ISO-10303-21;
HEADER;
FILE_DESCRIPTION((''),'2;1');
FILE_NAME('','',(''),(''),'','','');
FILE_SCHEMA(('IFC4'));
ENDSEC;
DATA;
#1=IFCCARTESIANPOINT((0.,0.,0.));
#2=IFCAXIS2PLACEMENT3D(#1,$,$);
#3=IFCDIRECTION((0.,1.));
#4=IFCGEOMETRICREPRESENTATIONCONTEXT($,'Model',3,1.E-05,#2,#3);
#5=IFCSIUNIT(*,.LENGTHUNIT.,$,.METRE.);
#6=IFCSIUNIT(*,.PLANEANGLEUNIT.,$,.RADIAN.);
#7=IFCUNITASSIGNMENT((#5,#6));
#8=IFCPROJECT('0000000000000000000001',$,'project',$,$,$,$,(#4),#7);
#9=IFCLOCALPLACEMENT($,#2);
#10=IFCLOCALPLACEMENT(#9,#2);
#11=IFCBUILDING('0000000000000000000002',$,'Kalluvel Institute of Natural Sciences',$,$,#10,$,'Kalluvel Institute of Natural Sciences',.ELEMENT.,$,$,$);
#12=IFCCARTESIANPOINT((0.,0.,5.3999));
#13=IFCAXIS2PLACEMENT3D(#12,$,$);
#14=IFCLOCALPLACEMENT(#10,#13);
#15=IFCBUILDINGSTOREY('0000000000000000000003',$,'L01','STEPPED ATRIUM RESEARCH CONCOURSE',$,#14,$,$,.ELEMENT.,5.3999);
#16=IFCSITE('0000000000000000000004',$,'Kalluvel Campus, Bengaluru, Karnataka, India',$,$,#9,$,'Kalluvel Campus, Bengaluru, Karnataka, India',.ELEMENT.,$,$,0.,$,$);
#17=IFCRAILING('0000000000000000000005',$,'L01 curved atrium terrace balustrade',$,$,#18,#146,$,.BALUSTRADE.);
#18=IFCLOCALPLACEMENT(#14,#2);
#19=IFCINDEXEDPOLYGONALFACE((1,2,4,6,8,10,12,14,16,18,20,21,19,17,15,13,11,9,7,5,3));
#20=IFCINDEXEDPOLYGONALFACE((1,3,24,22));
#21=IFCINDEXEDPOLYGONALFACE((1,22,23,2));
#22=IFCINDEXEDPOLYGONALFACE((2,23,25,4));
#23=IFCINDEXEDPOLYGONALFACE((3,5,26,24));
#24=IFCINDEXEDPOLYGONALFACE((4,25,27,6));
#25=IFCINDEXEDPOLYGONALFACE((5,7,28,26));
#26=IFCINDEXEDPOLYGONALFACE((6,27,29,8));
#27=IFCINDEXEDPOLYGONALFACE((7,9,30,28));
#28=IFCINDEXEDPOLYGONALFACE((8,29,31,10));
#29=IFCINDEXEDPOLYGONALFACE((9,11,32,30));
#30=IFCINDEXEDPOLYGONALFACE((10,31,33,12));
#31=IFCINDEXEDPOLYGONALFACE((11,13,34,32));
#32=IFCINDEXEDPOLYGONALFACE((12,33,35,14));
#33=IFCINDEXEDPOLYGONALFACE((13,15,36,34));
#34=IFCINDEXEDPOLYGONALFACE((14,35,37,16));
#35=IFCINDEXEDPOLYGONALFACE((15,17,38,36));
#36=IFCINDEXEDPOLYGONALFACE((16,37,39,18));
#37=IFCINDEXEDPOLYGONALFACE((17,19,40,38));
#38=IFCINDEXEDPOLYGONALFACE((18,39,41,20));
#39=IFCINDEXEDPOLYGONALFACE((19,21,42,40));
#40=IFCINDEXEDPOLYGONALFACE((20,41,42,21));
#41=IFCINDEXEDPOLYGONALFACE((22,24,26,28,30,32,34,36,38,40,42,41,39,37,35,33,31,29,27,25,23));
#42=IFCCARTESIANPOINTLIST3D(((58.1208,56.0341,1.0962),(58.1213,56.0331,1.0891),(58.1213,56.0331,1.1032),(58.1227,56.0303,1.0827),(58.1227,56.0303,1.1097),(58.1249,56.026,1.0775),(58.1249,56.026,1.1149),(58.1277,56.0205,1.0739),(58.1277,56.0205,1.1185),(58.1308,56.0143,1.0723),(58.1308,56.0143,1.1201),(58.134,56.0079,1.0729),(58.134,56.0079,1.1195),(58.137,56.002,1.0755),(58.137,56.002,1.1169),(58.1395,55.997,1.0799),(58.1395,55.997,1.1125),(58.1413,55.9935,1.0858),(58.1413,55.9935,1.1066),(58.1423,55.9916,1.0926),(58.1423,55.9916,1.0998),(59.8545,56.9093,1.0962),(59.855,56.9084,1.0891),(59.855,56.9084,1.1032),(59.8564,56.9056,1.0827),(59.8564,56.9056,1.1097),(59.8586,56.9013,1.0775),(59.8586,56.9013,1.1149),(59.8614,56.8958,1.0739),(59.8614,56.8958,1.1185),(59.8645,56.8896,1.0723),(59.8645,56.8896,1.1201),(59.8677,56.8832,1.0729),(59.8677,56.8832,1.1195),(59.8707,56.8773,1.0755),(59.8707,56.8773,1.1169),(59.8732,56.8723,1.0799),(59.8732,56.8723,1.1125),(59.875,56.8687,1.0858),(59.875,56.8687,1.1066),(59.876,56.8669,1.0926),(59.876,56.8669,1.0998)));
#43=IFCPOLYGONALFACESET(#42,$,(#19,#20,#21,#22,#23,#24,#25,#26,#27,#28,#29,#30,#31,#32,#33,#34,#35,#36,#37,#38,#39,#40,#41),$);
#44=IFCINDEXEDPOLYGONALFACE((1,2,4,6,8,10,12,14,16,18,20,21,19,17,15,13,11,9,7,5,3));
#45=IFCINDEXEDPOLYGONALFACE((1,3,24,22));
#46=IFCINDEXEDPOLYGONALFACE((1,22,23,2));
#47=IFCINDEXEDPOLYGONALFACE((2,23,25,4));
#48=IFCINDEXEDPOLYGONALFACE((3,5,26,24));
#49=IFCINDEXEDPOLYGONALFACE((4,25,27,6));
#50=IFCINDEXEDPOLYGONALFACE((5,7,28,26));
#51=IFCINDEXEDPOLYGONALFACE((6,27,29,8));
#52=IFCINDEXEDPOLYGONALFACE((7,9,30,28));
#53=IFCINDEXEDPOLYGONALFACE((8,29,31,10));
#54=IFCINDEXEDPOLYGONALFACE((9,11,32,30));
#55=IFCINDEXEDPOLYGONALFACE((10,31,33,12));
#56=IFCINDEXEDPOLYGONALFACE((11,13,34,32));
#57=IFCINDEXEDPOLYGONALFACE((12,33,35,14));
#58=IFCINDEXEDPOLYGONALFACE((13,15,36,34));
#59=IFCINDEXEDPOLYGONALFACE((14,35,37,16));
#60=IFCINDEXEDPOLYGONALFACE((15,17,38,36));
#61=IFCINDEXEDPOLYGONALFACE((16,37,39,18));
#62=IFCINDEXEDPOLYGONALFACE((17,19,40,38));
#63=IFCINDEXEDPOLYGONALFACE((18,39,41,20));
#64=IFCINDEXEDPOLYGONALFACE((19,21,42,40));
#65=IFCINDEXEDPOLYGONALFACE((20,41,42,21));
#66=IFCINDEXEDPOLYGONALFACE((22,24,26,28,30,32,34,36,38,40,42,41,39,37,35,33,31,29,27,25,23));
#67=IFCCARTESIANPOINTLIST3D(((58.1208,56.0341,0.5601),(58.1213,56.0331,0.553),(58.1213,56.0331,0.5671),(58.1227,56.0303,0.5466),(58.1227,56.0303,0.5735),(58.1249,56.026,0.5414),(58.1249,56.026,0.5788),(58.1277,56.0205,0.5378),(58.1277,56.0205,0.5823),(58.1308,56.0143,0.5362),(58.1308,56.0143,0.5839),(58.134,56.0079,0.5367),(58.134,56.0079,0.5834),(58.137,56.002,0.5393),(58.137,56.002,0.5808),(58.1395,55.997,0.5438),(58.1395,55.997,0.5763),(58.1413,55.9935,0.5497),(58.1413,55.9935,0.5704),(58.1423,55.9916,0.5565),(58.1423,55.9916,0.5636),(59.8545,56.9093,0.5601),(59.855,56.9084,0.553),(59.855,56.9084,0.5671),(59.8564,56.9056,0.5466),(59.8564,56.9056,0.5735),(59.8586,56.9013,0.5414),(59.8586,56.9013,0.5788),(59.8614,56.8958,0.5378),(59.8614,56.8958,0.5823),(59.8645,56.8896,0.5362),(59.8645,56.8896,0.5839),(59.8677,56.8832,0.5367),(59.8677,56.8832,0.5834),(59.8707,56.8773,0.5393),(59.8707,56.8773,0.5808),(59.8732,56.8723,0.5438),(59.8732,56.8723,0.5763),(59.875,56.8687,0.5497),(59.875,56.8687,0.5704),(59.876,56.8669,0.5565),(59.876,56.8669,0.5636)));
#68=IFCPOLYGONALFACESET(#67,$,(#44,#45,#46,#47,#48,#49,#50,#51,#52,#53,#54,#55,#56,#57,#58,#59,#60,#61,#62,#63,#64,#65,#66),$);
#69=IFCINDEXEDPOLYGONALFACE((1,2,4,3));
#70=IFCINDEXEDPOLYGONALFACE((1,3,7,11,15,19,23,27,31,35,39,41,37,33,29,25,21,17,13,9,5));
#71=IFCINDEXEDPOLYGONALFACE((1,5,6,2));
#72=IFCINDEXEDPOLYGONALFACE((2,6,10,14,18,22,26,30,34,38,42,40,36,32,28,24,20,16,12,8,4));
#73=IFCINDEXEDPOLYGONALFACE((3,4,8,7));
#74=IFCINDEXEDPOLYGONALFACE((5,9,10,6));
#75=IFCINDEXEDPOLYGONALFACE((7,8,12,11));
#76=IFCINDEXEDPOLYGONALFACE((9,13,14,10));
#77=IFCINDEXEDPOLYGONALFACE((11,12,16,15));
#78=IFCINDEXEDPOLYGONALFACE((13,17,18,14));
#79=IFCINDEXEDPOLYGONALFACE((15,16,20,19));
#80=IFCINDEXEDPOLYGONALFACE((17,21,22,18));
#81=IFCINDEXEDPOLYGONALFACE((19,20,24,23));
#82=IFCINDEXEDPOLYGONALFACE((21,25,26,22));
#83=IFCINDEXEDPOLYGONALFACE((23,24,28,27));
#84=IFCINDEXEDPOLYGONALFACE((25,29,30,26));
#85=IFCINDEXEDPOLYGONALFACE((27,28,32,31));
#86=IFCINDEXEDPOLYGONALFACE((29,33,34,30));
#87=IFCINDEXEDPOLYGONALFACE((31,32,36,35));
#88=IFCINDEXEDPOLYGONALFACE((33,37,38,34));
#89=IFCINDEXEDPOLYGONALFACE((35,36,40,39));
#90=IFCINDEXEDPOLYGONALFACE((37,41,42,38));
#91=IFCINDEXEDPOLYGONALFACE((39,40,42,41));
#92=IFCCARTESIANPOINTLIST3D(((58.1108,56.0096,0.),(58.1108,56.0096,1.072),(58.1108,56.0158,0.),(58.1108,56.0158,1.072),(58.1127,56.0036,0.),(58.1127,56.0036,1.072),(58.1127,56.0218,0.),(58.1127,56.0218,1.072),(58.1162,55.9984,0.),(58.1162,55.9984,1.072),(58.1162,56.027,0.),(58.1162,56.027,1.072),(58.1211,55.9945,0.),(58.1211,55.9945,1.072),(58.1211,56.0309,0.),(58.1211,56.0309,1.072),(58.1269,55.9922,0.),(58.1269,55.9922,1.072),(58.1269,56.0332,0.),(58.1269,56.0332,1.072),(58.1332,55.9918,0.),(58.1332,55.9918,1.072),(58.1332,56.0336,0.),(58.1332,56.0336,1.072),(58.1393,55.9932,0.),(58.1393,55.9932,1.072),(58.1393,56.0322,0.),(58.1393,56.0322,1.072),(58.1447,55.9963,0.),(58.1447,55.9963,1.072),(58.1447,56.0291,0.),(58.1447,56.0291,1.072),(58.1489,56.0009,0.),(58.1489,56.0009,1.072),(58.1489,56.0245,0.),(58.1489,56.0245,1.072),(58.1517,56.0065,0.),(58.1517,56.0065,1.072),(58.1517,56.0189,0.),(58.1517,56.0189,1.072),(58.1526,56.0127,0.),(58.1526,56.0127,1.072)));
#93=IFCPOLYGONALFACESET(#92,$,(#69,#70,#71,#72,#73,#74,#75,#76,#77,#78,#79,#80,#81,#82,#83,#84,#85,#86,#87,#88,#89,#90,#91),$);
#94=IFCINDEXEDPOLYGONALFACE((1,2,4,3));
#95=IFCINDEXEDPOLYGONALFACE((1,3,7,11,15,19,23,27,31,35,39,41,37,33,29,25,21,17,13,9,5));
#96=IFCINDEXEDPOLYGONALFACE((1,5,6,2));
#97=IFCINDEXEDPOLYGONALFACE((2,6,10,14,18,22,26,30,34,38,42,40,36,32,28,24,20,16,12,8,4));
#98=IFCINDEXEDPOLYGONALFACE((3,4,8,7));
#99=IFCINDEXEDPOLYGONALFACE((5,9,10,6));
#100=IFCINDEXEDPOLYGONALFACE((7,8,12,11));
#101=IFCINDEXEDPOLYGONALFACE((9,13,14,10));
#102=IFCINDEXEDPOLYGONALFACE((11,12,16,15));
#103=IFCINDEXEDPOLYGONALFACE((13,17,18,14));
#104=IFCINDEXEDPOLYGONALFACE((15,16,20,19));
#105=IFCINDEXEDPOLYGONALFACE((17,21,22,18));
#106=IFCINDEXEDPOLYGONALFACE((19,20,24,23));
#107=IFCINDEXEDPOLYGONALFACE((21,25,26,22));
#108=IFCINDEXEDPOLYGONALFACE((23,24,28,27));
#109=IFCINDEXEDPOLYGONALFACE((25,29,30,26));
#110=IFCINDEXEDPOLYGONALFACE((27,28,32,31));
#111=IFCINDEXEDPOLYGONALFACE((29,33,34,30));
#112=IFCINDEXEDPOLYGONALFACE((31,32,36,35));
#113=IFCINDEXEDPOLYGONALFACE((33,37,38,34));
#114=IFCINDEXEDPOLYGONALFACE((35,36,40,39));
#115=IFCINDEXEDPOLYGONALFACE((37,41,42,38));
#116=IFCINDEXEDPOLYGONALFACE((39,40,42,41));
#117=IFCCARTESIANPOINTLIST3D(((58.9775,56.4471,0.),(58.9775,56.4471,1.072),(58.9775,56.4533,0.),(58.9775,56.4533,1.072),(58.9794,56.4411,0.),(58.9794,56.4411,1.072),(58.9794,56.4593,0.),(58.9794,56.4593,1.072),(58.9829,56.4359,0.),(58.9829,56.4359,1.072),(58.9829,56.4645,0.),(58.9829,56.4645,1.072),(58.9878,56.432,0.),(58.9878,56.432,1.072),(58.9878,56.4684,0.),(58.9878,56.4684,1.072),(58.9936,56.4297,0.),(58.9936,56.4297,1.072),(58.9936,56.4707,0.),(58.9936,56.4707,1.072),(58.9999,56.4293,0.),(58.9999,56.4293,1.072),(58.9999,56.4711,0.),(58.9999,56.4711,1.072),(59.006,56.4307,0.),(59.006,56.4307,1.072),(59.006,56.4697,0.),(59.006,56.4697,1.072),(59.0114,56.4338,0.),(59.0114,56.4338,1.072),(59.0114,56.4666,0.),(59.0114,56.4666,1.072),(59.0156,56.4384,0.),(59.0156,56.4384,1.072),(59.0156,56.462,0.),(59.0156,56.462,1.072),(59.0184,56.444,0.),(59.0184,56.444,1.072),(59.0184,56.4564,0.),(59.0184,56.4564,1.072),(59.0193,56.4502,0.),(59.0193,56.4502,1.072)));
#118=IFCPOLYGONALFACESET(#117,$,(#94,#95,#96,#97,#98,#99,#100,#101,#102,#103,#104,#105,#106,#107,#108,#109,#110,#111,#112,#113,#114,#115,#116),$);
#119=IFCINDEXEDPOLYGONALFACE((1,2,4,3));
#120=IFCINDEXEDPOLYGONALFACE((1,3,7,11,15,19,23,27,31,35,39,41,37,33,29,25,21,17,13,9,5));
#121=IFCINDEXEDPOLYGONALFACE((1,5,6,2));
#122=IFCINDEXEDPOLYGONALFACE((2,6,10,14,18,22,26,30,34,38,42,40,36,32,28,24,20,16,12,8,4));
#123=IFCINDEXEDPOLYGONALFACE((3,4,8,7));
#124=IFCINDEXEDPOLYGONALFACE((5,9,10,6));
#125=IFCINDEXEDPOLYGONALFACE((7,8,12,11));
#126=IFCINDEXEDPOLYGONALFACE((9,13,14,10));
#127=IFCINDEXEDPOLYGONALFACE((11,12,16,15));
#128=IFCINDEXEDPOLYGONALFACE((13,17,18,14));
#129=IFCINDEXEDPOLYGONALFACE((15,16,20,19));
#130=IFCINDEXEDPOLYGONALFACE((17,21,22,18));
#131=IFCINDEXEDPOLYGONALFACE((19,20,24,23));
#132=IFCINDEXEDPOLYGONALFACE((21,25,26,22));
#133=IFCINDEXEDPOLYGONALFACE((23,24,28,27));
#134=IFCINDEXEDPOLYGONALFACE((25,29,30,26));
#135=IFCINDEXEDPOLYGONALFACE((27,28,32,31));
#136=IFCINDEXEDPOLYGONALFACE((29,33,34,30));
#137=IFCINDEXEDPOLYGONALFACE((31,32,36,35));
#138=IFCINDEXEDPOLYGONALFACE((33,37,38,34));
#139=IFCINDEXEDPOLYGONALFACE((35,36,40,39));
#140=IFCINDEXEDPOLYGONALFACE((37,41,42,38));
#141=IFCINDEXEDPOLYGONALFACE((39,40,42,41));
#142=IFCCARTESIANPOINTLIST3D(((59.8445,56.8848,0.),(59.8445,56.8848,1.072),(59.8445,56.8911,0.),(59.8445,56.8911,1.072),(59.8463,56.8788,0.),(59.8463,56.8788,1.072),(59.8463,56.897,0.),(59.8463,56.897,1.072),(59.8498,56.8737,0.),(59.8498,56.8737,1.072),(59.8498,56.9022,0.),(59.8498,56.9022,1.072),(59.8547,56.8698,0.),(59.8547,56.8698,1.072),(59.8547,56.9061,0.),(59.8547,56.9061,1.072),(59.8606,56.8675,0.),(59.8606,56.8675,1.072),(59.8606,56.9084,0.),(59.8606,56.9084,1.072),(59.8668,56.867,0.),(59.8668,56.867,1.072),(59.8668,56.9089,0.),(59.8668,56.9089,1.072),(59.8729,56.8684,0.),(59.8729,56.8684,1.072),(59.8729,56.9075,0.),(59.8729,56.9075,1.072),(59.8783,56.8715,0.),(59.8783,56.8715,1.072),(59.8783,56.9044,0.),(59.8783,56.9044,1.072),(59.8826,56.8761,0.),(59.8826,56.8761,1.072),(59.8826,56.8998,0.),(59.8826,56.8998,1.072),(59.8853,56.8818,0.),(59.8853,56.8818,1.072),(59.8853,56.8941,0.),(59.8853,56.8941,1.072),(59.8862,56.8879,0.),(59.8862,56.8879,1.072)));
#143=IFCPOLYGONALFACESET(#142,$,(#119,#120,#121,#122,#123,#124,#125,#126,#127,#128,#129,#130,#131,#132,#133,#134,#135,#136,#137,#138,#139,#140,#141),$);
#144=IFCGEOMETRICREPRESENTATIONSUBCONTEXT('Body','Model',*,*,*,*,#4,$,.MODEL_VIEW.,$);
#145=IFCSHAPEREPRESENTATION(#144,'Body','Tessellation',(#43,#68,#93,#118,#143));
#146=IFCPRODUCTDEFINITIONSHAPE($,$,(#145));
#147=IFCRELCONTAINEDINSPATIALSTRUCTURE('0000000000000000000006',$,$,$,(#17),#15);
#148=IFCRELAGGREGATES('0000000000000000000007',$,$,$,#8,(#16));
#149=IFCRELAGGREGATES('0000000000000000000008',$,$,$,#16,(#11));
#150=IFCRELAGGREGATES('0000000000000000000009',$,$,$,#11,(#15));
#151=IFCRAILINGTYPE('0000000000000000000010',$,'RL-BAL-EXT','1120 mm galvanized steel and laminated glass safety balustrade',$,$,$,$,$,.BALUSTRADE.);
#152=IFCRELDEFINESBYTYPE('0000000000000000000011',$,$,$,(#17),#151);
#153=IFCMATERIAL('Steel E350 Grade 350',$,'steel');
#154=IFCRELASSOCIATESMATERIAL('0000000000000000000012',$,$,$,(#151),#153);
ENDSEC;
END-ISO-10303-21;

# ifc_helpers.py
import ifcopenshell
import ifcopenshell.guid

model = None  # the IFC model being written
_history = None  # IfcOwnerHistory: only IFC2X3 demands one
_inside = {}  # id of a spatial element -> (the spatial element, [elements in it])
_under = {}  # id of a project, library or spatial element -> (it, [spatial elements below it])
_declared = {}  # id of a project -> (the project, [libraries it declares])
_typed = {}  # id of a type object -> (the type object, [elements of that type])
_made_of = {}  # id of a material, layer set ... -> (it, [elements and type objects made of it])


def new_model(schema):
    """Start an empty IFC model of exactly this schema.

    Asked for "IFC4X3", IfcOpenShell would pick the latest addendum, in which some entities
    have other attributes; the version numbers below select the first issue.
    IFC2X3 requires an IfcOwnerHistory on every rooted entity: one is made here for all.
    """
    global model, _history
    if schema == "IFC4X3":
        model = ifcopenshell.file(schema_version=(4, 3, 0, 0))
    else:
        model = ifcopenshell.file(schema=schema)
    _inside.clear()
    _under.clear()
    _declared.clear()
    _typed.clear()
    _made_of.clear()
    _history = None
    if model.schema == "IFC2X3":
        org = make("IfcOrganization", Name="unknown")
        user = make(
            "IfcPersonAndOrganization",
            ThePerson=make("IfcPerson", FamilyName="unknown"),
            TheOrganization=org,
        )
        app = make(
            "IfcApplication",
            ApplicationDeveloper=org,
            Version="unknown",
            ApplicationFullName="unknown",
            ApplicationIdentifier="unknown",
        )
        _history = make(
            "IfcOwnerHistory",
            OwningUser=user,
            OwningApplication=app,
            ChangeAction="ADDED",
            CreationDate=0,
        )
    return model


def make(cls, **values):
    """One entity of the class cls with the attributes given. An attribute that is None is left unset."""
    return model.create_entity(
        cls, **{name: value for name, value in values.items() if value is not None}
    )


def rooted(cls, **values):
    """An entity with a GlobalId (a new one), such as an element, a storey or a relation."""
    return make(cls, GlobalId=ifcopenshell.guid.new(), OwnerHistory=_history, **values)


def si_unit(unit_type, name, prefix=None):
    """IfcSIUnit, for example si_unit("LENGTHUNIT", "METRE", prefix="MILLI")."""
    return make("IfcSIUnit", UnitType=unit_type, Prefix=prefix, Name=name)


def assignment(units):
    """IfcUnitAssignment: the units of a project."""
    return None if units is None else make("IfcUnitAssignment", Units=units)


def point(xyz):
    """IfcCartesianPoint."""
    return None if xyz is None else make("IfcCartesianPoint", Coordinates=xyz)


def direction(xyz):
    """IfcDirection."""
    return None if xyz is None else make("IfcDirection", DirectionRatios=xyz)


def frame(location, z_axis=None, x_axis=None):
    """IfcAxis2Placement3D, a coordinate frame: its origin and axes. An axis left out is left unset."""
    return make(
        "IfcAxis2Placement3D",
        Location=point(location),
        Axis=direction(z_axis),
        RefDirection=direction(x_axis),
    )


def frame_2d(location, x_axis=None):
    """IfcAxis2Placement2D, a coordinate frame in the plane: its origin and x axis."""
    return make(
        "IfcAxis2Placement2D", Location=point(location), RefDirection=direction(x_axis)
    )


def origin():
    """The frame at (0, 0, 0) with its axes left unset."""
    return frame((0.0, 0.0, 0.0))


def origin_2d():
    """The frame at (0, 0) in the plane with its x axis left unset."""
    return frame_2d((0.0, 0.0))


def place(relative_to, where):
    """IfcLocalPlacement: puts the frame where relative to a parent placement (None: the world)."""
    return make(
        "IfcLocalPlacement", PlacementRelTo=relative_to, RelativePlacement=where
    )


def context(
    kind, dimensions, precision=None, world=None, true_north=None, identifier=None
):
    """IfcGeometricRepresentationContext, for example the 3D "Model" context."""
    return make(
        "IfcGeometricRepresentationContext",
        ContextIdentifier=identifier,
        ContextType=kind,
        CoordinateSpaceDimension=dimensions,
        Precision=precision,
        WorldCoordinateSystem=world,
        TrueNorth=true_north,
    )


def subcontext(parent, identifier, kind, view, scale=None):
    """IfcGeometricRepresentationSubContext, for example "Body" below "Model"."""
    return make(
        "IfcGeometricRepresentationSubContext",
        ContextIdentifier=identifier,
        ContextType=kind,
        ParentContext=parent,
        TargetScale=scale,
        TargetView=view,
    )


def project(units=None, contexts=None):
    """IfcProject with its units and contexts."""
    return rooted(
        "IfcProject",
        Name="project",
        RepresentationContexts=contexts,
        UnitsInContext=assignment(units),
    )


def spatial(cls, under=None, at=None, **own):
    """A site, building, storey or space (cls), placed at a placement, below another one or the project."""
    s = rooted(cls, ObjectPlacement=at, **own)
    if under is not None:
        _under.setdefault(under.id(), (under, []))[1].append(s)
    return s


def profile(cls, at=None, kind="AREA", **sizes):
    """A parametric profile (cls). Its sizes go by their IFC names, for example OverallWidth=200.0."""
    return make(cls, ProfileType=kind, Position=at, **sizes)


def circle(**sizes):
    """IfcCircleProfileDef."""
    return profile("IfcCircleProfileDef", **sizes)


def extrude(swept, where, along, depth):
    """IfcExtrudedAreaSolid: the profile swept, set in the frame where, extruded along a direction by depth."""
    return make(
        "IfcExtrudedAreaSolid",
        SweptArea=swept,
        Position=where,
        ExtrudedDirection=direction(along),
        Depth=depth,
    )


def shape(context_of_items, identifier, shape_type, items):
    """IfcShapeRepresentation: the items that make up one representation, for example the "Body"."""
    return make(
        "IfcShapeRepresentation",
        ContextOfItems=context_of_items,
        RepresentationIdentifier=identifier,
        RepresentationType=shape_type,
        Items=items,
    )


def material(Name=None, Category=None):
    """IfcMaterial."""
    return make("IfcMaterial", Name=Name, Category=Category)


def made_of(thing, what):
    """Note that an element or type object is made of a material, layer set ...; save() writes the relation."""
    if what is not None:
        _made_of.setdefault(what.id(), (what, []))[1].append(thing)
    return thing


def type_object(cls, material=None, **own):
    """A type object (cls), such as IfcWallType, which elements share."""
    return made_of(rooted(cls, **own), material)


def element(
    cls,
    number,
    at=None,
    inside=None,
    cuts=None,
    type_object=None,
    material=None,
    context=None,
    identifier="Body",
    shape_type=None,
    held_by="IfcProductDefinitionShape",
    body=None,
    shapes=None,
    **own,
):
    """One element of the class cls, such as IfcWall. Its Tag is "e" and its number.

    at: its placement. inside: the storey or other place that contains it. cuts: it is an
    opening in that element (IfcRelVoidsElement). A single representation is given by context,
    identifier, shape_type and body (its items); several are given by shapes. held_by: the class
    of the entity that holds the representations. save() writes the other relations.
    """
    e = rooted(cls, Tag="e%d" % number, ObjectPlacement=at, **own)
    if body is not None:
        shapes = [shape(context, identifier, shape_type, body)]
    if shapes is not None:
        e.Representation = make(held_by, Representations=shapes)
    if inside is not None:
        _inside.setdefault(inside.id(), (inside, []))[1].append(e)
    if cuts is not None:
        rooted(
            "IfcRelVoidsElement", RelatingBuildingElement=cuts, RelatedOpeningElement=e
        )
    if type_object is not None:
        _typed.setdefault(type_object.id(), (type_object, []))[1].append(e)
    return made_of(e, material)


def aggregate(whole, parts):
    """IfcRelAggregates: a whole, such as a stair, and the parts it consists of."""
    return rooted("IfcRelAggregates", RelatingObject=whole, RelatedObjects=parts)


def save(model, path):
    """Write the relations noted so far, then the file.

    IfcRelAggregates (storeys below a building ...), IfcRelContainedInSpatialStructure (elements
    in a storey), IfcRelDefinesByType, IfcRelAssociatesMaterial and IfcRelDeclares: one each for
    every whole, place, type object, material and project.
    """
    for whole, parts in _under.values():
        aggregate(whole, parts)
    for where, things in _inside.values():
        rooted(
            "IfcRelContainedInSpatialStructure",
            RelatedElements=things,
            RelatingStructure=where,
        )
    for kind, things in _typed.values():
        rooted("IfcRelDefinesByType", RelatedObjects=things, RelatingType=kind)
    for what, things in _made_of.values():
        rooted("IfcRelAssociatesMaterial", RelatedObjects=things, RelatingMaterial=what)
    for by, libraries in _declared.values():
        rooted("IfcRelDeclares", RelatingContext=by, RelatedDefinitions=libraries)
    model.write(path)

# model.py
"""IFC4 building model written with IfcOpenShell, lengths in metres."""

from ifc_helpers import new_model, si_unit, direction, frame, origin, origin_2d, place, context, subcontext, project, spatial, circle, extrude, material, type_object, element, save


model = new_model("IFC4")

# Units and contexts
model_context = context("Model", 3, precision=1e-05, world=origin(), true_north=direction((0.0, 1.0)))
body_context = subcontext(model_context, "Body", "Model", "MODEL_VIEW")
ifc_project = project(units=[si_unit("LENGTHUNIT", "METRE"), si_unit("PLANEANGLEUNIT", "RADIAN")], contexts=[model_context])

# Site, building, storey
site_placement = place(None, origin())
site = spatial("IfcSite", under=ifc_project, at=site_placement, Name="Kalluvel Campus, Bengaluru, Karnataka, India", LongName="Kalluvel Campus, Bengaluru, Karnataka, India", CompositionType="ELEMENT", RefElevation=0.0)
building_placement = place(site_placement, origin())
building = spatial("IfcBuilding", under=site, at=building_placement, Name="Kalluvel Institute of Natural Sciences", LongName="Kalluvel Institute of Natural Sciences", CompositionType="ELEMENT")
storey_placement = place(building_placement, frame((0.0, 0.0, 5.3999)))
storey = spatial("IfcBuildingStorey", under=building, at=storey_placement, Name="L01", Description="STEPPED ATRIUM RESEARCH CONCOURSE", CompositionType="ELEMENT", Elevation=5.3999)

# Railing
ifc_material_1 = material(Name="Steel E350 Grade 350", Category="steel")
railing_type = type_object("IfcRailingType", Name="RL-BAL-EXT", Description="1120 mm galvanized steel and laminated glass safety balustrade", PredefinedType="BALUSTRADE", material=ifc_material_1)
railing_1_placement = place(storey_placement, frame((58.1316, 56.0127, 0.0)))
element("IfcRailing", 1, at=railing_1_placement, inside=storey, type_object=railing_type, Name="L01 curved atrium terrace balustrade", PredefinedType="BALUSTRADE", context=body_context, shape_type="SweptSolid", body=[
    extrude(circle(Radius=0.0239, at=origin_2d()), frame((0.0, 0.0, 1.0962), z_axis=(0.892686, 0.45068, 0.0), x_axis=(-0.45068, 0.892686, 0.0)), (0.0, 0.0, 1.0), 1.9421),
    extrude(circle(Radius=0.0239, at=origin_2d()), frame((0.0, 0.0, 0.5601), z_axis=(0.892686, 0.45068, 0.0), x_axis=(-0.45068, 0.892686, 0.0)), (0.0, 0.0, 1.0), 1.9421),
    extrude(circle(Radius=0.021, at=origin_2d()), origin(), (0.0, 0.0, 1.0), 1.072),
    extrude(circle(Radius=0.021, at=origin_2d()), frame((0.8667, 0.4375, 0.0)), (0.0, 0.0, 1.0), 1.072),
    extrude(circle(Radius=0.021, at=origin_2d()), frame((1.7336, 0.8752, 0.0)), (0.0, 0.0, 1.0), 1.072),
])

save(model, "model.ifc")
